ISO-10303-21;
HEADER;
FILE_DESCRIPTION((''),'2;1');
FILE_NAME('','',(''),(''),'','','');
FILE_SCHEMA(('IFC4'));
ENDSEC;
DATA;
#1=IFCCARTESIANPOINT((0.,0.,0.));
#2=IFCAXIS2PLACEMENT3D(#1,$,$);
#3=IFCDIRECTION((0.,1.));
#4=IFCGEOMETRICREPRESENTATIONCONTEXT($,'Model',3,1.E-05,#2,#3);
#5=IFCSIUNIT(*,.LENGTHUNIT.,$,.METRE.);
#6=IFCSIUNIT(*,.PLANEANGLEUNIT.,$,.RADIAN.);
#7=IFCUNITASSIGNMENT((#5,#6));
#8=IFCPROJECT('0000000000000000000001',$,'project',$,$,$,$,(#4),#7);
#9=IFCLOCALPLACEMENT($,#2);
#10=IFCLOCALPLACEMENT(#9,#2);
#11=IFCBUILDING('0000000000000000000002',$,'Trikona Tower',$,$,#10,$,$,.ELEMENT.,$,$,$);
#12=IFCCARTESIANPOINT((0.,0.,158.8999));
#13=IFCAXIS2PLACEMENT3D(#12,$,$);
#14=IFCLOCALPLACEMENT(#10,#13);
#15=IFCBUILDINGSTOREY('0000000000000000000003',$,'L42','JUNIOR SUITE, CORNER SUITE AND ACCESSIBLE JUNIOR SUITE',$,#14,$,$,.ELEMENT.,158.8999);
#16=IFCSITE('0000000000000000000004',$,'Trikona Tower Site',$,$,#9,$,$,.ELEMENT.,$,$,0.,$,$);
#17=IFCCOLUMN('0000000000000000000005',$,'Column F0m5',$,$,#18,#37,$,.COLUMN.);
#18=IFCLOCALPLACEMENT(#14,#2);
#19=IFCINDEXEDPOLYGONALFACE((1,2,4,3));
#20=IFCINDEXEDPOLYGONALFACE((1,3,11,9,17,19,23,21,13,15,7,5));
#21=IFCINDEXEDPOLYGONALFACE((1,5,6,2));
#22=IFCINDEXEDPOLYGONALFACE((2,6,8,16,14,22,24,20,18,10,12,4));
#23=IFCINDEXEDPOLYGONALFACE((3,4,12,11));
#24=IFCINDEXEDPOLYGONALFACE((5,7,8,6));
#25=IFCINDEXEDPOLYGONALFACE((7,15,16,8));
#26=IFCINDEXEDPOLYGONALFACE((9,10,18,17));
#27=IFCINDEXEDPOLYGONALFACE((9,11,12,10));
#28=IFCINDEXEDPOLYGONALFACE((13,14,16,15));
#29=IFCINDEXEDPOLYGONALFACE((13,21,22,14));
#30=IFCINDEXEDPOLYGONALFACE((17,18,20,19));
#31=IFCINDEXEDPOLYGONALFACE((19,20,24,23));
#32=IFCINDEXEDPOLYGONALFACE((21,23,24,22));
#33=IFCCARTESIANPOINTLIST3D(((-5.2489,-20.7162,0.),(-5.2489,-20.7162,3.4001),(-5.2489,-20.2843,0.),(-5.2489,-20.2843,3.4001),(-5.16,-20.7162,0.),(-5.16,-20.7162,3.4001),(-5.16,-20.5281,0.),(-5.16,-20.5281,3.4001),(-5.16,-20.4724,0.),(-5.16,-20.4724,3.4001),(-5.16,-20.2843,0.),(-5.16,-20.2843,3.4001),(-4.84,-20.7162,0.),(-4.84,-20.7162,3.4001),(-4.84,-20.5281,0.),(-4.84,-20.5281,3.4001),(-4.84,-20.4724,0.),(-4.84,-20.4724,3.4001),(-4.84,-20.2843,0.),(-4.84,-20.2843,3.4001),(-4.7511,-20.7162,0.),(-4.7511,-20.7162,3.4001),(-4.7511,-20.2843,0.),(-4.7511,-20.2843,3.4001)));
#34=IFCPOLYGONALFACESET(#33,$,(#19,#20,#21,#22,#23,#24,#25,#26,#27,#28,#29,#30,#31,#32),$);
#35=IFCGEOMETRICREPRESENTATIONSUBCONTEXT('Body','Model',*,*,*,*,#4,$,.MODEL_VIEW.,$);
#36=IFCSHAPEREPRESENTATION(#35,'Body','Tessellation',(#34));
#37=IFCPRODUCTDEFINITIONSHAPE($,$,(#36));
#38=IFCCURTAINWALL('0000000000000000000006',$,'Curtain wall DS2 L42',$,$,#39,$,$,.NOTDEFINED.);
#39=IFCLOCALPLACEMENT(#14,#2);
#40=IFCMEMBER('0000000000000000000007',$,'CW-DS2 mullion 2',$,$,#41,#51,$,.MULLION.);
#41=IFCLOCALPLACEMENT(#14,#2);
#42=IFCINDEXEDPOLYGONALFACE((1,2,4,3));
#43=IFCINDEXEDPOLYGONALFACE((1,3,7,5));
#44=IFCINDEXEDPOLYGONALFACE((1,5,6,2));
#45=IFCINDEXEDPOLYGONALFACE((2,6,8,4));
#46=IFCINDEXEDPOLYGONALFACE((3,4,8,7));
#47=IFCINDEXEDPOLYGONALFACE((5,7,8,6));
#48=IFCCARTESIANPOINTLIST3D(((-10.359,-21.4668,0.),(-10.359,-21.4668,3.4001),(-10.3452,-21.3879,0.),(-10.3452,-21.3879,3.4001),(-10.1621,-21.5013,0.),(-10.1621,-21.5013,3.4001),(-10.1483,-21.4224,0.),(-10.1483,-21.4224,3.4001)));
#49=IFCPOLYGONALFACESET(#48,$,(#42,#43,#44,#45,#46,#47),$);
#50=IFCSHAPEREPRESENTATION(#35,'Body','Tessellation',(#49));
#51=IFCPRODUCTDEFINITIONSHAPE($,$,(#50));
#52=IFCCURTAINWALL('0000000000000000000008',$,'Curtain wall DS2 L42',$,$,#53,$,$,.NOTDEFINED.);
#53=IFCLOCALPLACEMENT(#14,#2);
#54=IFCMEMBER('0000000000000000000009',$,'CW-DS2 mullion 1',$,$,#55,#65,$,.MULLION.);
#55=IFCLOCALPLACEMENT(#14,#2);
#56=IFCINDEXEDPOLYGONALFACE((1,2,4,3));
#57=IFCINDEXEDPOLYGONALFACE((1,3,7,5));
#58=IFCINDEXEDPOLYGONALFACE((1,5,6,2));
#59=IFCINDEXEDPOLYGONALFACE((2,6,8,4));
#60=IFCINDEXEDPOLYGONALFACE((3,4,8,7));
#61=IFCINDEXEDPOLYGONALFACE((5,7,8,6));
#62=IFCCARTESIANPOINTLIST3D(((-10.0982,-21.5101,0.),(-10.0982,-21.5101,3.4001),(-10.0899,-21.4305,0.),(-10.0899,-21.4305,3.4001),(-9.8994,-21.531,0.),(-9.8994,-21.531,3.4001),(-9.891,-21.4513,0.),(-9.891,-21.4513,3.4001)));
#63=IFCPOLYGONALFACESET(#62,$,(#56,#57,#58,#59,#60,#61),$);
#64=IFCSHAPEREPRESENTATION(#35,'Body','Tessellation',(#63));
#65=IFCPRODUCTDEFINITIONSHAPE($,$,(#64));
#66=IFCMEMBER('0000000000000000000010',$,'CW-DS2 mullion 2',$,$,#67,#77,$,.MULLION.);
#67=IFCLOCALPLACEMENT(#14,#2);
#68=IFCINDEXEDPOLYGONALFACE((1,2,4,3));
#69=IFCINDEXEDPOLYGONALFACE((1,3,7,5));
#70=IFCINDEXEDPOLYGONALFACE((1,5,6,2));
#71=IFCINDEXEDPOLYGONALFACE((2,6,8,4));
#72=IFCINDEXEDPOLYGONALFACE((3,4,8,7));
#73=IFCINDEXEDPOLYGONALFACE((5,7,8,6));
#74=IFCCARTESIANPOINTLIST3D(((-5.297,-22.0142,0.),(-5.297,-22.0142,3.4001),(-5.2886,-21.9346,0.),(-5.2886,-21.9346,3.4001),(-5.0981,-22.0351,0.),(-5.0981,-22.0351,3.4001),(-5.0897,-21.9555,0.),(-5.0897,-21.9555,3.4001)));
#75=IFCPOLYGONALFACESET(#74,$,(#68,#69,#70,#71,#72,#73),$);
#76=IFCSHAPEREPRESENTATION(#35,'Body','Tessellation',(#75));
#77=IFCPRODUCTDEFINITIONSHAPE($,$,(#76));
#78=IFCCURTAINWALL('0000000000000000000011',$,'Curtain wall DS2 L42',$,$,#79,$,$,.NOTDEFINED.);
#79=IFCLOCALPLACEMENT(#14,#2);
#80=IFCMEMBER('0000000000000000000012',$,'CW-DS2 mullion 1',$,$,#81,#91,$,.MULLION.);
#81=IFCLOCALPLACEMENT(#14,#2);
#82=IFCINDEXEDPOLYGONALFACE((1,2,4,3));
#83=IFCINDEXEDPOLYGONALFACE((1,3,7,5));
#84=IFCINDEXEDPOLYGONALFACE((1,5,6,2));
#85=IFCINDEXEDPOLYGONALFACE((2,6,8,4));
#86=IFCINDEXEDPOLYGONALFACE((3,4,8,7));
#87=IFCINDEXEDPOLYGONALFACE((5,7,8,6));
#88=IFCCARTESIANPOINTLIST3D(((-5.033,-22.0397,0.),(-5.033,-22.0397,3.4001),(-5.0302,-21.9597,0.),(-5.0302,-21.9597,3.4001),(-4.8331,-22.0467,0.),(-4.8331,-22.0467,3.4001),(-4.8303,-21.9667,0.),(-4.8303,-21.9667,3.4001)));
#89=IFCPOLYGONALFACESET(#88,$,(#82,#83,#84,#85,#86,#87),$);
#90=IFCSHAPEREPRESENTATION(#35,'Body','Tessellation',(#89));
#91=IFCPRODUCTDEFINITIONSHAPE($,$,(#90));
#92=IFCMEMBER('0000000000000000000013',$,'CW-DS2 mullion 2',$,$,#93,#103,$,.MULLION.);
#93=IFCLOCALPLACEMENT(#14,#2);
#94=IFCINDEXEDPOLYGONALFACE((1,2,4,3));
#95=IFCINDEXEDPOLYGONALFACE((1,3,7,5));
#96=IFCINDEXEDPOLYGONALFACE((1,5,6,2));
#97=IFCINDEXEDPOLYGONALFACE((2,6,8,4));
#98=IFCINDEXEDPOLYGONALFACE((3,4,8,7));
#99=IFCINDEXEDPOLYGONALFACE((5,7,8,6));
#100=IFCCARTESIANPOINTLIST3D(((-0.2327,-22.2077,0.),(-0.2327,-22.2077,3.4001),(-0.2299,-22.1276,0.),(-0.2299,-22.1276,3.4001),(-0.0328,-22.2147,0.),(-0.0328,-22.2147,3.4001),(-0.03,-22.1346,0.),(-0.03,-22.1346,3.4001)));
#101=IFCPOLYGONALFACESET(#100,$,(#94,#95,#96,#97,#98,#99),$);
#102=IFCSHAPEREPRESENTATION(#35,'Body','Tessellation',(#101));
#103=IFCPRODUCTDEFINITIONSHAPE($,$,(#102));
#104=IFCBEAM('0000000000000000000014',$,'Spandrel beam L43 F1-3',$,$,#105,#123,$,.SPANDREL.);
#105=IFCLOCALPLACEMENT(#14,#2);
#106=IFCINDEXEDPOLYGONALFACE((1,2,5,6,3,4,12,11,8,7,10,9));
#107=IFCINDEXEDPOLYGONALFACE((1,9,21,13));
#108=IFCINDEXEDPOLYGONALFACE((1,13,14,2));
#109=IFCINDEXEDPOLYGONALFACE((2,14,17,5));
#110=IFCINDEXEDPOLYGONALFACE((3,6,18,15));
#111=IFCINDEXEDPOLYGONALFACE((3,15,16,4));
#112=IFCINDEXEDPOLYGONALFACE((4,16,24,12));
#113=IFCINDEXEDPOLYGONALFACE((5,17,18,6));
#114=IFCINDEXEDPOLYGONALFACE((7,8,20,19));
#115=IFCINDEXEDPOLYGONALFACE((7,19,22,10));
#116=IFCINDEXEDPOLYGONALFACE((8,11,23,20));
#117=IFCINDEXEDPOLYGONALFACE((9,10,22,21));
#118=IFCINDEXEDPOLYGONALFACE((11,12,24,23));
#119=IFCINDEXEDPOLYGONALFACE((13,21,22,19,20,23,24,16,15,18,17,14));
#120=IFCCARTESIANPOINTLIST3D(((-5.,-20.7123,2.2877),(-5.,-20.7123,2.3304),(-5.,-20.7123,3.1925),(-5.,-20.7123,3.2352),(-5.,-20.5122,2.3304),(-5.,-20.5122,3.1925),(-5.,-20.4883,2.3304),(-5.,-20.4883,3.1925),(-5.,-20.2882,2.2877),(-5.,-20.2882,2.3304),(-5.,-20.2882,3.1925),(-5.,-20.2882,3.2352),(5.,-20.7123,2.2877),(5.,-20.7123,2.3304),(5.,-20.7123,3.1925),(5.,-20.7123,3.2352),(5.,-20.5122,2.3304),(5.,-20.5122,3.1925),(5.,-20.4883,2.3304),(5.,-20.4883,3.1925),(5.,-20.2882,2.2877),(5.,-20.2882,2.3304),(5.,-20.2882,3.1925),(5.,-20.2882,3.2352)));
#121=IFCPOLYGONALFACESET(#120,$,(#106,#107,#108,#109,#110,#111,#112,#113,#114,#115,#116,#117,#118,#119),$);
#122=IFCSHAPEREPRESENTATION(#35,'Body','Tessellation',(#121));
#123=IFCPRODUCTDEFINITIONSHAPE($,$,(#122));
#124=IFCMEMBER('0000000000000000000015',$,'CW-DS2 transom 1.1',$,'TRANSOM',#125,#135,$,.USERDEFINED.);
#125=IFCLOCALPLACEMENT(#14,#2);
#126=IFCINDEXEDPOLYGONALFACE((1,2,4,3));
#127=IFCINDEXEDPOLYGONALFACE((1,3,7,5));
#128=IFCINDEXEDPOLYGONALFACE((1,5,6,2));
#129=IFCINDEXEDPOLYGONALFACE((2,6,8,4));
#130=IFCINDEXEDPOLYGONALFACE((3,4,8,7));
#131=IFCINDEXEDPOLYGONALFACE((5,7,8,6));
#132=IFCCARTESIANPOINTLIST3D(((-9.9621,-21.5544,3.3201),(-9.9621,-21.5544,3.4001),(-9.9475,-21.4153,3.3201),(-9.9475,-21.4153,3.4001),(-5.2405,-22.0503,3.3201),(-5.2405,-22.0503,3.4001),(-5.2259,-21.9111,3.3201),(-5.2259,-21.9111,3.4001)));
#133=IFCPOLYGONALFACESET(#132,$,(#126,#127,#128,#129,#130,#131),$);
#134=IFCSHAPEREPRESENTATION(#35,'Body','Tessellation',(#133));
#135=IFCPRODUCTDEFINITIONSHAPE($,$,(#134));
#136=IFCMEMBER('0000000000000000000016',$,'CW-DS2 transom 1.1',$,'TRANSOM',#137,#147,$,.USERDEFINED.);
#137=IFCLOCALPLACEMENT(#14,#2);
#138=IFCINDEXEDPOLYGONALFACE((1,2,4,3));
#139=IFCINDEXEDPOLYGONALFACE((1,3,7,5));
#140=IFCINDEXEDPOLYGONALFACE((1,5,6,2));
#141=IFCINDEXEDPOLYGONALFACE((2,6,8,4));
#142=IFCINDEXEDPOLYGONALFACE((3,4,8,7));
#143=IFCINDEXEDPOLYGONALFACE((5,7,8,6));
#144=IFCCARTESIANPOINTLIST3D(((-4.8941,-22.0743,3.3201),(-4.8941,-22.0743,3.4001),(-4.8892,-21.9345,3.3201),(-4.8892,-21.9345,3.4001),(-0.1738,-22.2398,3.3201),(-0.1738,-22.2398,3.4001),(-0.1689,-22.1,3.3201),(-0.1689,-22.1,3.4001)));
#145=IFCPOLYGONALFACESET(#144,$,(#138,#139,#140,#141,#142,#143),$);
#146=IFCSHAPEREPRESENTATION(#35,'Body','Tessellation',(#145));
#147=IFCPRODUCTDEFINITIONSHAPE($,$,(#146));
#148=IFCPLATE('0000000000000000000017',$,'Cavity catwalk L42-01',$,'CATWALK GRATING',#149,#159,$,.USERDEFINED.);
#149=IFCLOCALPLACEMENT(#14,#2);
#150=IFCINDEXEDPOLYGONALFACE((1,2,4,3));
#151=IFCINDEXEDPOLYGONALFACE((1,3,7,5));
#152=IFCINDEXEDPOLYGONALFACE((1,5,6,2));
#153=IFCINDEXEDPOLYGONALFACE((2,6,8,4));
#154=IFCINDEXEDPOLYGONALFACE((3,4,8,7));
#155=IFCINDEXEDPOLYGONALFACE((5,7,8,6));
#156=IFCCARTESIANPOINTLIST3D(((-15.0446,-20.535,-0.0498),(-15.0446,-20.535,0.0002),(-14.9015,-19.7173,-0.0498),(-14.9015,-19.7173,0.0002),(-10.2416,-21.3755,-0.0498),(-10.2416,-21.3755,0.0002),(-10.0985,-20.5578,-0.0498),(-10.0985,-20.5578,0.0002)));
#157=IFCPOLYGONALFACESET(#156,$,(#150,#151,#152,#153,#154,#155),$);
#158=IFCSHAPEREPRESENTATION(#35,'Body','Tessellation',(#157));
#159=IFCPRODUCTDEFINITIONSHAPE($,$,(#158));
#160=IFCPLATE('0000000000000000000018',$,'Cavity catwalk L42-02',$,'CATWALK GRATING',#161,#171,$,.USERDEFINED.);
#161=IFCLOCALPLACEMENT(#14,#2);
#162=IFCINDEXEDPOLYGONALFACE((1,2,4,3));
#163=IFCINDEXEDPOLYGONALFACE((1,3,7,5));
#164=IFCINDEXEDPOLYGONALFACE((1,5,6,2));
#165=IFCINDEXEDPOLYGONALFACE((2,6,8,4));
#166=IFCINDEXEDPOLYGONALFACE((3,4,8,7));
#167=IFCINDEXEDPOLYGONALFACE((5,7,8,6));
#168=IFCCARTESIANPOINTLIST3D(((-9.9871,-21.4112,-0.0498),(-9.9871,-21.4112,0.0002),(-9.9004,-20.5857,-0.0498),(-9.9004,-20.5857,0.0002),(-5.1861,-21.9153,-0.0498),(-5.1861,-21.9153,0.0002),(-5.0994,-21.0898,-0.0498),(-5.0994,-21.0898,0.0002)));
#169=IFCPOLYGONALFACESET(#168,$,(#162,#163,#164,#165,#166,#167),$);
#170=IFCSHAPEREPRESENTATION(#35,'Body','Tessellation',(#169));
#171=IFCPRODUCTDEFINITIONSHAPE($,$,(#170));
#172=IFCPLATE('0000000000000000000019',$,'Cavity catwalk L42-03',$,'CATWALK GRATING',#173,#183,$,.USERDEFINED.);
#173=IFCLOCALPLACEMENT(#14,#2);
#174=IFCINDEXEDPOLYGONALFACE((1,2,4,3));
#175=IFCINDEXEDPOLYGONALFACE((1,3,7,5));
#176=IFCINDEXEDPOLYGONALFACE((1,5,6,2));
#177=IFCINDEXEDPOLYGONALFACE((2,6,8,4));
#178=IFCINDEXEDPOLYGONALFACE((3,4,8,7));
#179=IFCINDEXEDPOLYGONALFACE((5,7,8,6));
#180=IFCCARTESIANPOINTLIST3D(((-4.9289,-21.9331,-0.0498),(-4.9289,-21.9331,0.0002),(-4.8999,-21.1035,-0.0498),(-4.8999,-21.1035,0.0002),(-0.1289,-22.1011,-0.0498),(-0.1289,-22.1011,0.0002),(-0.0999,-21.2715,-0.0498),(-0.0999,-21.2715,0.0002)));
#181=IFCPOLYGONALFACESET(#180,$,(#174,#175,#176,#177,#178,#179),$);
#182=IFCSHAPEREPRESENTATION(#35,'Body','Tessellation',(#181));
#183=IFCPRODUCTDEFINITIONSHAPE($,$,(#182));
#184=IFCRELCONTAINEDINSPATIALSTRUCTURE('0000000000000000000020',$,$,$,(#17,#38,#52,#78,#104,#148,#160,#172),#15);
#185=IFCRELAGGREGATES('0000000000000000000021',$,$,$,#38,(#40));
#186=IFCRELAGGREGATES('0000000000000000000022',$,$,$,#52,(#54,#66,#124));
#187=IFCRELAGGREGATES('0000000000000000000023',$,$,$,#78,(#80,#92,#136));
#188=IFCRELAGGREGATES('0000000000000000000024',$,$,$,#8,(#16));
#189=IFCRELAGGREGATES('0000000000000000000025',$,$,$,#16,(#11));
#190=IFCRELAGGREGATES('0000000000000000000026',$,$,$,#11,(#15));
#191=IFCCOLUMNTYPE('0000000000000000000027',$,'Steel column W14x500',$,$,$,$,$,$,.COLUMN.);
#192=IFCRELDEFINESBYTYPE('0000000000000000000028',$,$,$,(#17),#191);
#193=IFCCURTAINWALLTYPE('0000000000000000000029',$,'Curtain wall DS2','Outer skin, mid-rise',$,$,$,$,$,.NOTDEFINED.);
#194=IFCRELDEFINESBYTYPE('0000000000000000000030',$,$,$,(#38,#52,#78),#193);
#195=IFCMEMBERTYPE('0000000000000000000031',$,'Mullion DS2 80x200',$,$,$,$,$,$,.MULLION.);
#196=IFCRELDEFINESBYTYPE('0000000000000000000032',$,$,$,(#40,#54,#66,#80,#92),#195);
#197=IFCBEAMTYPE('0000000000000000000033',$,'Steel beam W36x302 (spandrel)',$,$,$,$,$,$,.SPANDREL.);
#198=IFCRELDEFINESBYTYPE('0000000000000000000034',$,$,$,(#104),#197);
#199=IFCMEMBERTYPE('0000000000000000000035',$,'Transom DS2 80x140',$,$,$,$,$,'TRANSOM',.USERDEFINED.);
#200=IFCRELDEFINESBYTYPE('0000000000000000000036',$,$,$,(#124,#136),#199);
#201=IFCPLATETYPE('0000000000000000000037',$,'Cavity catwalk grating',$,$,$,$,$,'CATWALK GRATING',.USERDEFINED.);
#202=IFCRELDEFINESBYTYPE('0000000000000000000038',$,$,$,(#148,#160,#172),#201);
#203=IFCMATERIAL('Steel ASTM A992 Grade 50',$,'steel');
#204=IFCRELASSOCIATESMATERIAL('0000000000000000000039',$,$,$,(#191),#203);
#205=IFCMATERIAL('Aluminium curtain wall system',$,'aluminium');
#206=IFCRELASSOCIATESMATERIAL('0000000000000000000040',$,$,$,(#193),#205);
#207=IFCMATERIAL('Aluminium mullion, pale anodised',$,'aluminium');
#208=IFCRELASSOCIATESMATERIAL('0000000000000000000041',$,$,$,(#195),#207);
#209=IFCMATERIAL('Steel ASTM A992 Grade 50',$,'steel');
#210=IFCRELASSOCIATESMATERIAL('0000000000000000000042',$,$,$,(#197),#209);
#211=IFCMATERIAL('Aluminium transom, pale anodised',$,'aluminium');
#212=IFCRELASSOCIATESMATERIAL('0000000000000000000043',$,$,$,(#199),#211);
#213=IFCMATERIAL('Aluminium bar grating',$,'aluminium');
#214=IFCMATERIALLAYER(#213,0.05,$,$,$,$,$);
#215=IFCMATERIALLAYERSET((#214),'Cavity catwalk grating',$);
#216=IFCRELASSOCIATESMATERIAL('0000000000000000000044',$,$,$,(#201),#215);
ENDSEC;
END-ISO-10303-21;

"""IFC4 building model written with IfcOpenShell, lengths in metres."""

from ifc_helpers import new_model, si_unit, direction, frame, origin, origin_2d, place, context, subcontext, project, spatial, rectangle, i_section, extrude, material, layer, layer_set, material_profile, profile_set, type_object, element, aggregate, save


model = new_model("IFC4")

# Units and contexts
model_context = context("Model", 3, precision=1e-05, world=origin(), true_north=direction((0.0, 1.0)))
body_context = subcontext(model_context, "Body", "Model", "MODEL_VIEW")
ifc_project = project(units=[si_unit("LENGTHUNIT", "METRE"), si_unit("PLANEANGLEUNIT", "RADIAN")], contexts=[model_context])

# Site, building, storey
site_placement = place(None, origin())
site = spatial("IfcSite", under=ifc_project, at=site_placement, Name="Trikona Tower Site", CompositionType="ELEMENT", RefElevation=0.0)
building_placement = place(site_placement, origin())
building = spatial("IfcBuilding", under=site, at=building_placement, Name="Trikona Tower", CompositionType="ELEMENT")
storey_placement = place(building_placement, frame((0.0, 0.0, 158.8999)))
storey = spatial("IfcBuildingStorey", under=building, at=storey_placement, Name="L42", Description="JUNIOR SUITE, CORNER SUITE AND ACCESSIBLE JUNIOR SUITE", CompositionType="ELEMENT", Elevation=158.8999)

# Column
ifc_material_1 = material(Name="Steel ASTM A992 Grade 50", Category="steel")
ifc_material_profile_1 = material_profile(ifc_material_1, i_section(OverallWidth=0.4319, OverallDepth=0.4978, WebThickness=0.0557, FlangeThickness=0.0889, at=origin_2d()), Name="W14X500")
ifc_profile_set_1 = profile_set([ifc_material_profile_1], Name="Steel ASTM A992 Grade 50")
column_type = type_object("IfcColumnType", Name="Steel column W14x500", PredefinedType="COLUMN", material=ifc_profile_set_1)
column_placement = place(storey_placement, frame((-5.0, -20.5002, 0.0), z_axis=(0.0, 0.0, 1.0), x_axis=(0.0, -1.0, 0.0)))
element("IfcColumn", 1, at=column_placement, inside=storey, type_object=column_type, Name="Column F0m5", PredefinedType="COLUMN", context=body_context, shape_type="SweptSolid", body=[
    extrude(i_section(OverallWidth=0.4319, OverallDepth=0.4978, WebThickness=0.0557, FlangeThickness=0.0889, at=origin_2d()), origin(), (0.0, 0.0, 1.0), 3.4001),
])

# Curtain wall, member
ifc_material_2 = material(Name="Aluminium curtain wall system", Category="aluminium")
curtain_wall_type = type_object("IfcCurtainWallType", Name="Curtain wall DS2", Description="Outer skin, mid-rise", PredefinedType="NOTDEFINED", material=ifc_material_2)
curtain_wall_1_placement = place(storey_placement, origin())
curtain_wall_1 = element("IfcCurtainWall", 2, at=curtain_wall_1_placement, inside=storey, type_object=curtain_wall_type, Name="Curtain wall DS2 L42", PredefinedType="NOTDEFINED")
ifc_material_3 = material(Name="Aluminium mullion, pale anodised", Category="aluminium")
ifc_material_profile_2 = material_profile(ifc_material_3, rectangle(XDim=0.0801, YDim=0.2, at=origin_2d()), Name="MUL-DS2")
ifc_profile_set_2 = profile_set([ifc_material_profile_2], Name="Aluminium mullion, pale anodised")
member_type_1 = type_object("IfcMemberType", Name="Mullion DS2 80x200", PredefinedType="MULLION", material=ifc_profile_set_2)
member_1_placement = place(storey_placement, frame((-10.2537, -21.4446, 0.0), z_axis=(0.0, 0.0, 1.0), x_axis=(0.172377, 0.985031, 0.0)))
member_1 = element("IfcMember", 3, at=member_1_placement, type_object=member_type_1, Name="CW-DS2 mullion 2", PredefinedType="MULLION", context=body_context, shape_type="SweptSolid", body=[
    extrude(rectangle(XDim=0.0801, YDim=0.2, at=origin_2d()), origin(), (0.0, 0.0, 1.0), 3.4001),
])

# Curtain walls, members
curtain_wall_2_placement = place(storey_placement, origin())
curtain_wall_2 = element("IfcCurtainWall", 4, at=curtain_wall_2_placement, inside=storey, type_object=curtain_wall_type, Name="Curtain wall DS2 L42", PredefinedType="NOTDEFINED")
member_2_placement = place(storey_placement, frame((-9.9946, -21.4807, 0.0), z_axis=(0.0, 0.0, 1.0), x_axis=(0.104433, 0.994532, 0.0)))
member_2 = element("IfcMember", 5, at=member_2_placement, type_object=member_type_1, Name="CW-DS2 mullion 1", PredefinedType="MULLION", context=body_context, shape_type="SweptSolid", body=[
    extrude(rectangle(XDim=0.0801, YDim=0.2, at=origin_2d()), origin(), (0.0, 0.0, 1.0), 3.4001),
])
member_3_placement = place(storey_placement, frame((-5.1934, -21.9849, 0.0), z_axis=(0.0, 0.0, 1.0), x_axis=(0.104433, 0.994532, 0.0)))
member_3 = element("IfcMember", 6, at=member_3_placement, type_object=member_type_1, Name="CW-DS2 mullion 2", PredefinedType="MULLION", context=body_context, shape_type="SweptSolid", body=[
    extrude(rectangle(XDim=0.0801, YDim=0.2, at=origin_2d()), origin(), (0.0, 0.0, 1.0), 3.4001),
])
curtain_wall_3_placement = place(storey_placement, origin())
curtain_wall_3 = element("IfcCurtainWall", 7, at=curtain_wall_3_placement, inside=storey, type_object=curtain_wall_type, Name="Curtain wall DS2 L42", PredefinedType="NOTDEFINED")
member_4_placement = place(storey_placement, frame((-4.9316, -22.0032, 0.0), z_axis=(0.0, 0.0, 1.0), x_axis=(0.034998, 0.999387, 0.0)))
member_4 = element("IfcMember", 8, at=member_4_placement, type_object=member_type_1, Name="CW-DS2 mullion 1", PredefinedType="MULLION", context=body_context, shape_type="SweptSolid", body=[
    extrude(rectangle(XDim=0.0801, YDim=0.2, at=origin_2d()), origin(), (0.0, 0.0, 1.0), 3.4001),
])
member_5_placement = place(storey_placement, frame((-0.1313, -22.1711, 0.0), z_axis=(0.0, 0.0, 1.0), x_axis=(0.034998, 0.999387, 0.0)))
member_5 = element("IfcMember", 9, at=member_5_placement, type_object=member_type_1, Name="CW-DS2 mullion 2", PredefinedType="MULLION", context=body_context, shape_type="SweptSolid", body=[
    extrude(rectangle(XDim=0.0801, YDim=0.2, at=origin_2d()), origin(), (0.0, 0.0, 1.0), 3.4001),
])

# Beam
ifc_material_4 = material(Name="Steel ASTM A992 Grade 50", Category="steel")
ifc_material_profile_3 = material_profile(ifc_material_4, i_section(OverallWidth=0.4241, OverallDepth=0.9475, WebThickness=0.0239, FlangeThickness=0.0427, at=origin_2d()), Name="W36X302")
ifc_profile_set_3 = profile_set([ifc_material_profile_3], Name="Steel ASTM A992 Grade 50")
beam_type = type_object("IfcBeamType", Name="Steel beam W36x302 (spandrel)", PredefinedType="SPANDREL", material=ifc_profile_set_3)
beam_placement = place(storey_placement, frame((-5.0, -20.5002, 2.7615), z_axis=(1.0, 0.0, 0.0), x_axis=(0.0, 1.0, 0.0)))
element("IfcBeam", 10, at=beam_placement, inside=storey, type_object=beam_type, Name="Spandrel beam L43 F1-3", PredefinedType="SPANDREL", context=body_context, shape_type="SweptSolid", body=[
    extrude(i_section(OverallWidth=0.4241, OverallDepth=0.9475, WebThickness=0.0239, FlangeThickness=0.0427, at=origin_2d()), origin(), (0.0, 0.0, 1.0), 10.0),
])

# Members
ifc_material_5 = material(Name="Aluminium transom, pale anodised", Category="aluminium")
ifc_material_profile_4 = material_profile(ifc_material_5, rectangle(XDim=0.1399, YDim=0.0801, at=origin_2d()), Name="TRN-DS2")
ifc_profile_set_4 = profile_set([ifc_material_profile_4], Name="Aluminium transom, pale anodised")
member_type_2 = type_object("IfcMemberType", Name="Transom DS2 80x140", ElementType="TRANSOM", PredefinedType="USERDEFINED", material=ifc_profile_set_4)
member_6_placement = place(storey_placement, frame((-9.9548, -21.4849, 3.3601), z_axis=(0.994531, -0.104441, 0.0), x_axis=(0.104441, 0.994531, 0.0)))
member_6 = element("IfcMember", 11, at=member_6_placement, type_object=member_type_2, Name="CW-DS2 transom 1.1", ObjectType="TRANSOM", PredefinedType="USERDEFINED", context=body_context, shape_type="SweptSolid", body=[
    extrude(rectangle(XDim=0.1399, YDim=0.0801, at=origin_2d()), origin(), (0.0, 0.0, 1.0), 4.7476),
])
member_7_placement = place(storey_placement, frame((-4.8916, -22.0044, 3.3601), z_axis=(0.999386, -0.035046, 0.0), x_axis=(0.035046, 0.999386, 0.0)))
member_7 = element("IfcMember", 12, at=member_7_placement, type_object=member_type_2, Name="CW-DS2 transom 1.1", ObjectType="TRANSOM", PredefinedType="USERDEFINED", context=body_context, shape_type="SweptSolid", body=[
    extrude(rectangle(XDim=0.1399, YDim=0.0801, at=origin_2d()), origin(), (0.0, 0.0, 1.0), 4.7231),
])

# Plates
ifc_material_6 = material(Name="Aluminium bar grating", Category="aluminium")
ifc_layer_1 = layer(ifc_material_6, 0.05)
ifc_layer_set_1 = layer_set([ifc_layer_1], Name="Cavity catwalk grating")
plate_type_1 = type_object("IfcPlateType", Name="Cavity catwalk grating", ElementType="CATWALK GRATING", PredefinedType="USERDEFINED", material=ifc_layer_set_1)
plate_1_placement = place(storey_placement, frame((-12.5715, -20.5464, -0.0498), z_axis=(0.0, 0.0, 1.0), x_axis=(0.985031, -0.17238, 0.0)))
element("IfcPlate", 13, at=plate_1_placement, inside=storey, type_object=plate_type_1, Name="Cavity catwalk L42-01", ObjectType="CATWALK GRATING", PredefinedType="USERDEFINED", context=body_context, shape_type="SweptSolid", body=[
    extrude(rectangle(XDim=4.876, YDim=0.8301, at=origin_2d()), origin(), (0.0, 0.0, 1.0), 0.05),
])
plate_2_placement = place(storey_placement, frame((-7.5432, -21.2505, -0.0498), z_axis=(0.0, 0.0, 1.0), x_axis=(0.994533, -0.104426, 0.0)))
element("IfcPlate", 14, at=plate_2_placement, inside=storey, type_object=plate_type_1, Name="Cavity catwalk L42-02", ObjectType="CATWALK GRATING", PredefinedType="USERDEFINED", context=body_context, shape_type="SweptSolid", body=[
    extrude(rectangle(XDim=4.8274, YDim=0.8301, at=origin_2d()), origin(), (0.0, 0.0, 1.0), 0.05),
])
plate_3_placement = place(storey_placement, frame((-2.5144, -21.6023, -0.0498), z_axis=(0.0, 0.0, 1.0), x_axis=(0.999388, -0.034978, 0.0)))
element("IfcPlate", 15, at=plate_3_placement, inside=storey, type_object=plate_type_1, Name="Cavity catwalk L42-03", ObjectType="CATWALK GRATING", PredefinedType="USERDEFINED", context=body_context, shape_type="SweptSolid", body=[
    extrude(rectangle(XDim=4.803, YDim=0.8301, at=origin_2d()), origin(), (0.0, 0.0, 1.0), 0.05),
])

aggregate(curtain_wall_1, [member_1])
aggregate(curtain_wall_2, [member_2, member_3, member_6])
aggregate(curtain_wall_3, [member_4, member_5, member_7])

save(model, "model.ifc")
